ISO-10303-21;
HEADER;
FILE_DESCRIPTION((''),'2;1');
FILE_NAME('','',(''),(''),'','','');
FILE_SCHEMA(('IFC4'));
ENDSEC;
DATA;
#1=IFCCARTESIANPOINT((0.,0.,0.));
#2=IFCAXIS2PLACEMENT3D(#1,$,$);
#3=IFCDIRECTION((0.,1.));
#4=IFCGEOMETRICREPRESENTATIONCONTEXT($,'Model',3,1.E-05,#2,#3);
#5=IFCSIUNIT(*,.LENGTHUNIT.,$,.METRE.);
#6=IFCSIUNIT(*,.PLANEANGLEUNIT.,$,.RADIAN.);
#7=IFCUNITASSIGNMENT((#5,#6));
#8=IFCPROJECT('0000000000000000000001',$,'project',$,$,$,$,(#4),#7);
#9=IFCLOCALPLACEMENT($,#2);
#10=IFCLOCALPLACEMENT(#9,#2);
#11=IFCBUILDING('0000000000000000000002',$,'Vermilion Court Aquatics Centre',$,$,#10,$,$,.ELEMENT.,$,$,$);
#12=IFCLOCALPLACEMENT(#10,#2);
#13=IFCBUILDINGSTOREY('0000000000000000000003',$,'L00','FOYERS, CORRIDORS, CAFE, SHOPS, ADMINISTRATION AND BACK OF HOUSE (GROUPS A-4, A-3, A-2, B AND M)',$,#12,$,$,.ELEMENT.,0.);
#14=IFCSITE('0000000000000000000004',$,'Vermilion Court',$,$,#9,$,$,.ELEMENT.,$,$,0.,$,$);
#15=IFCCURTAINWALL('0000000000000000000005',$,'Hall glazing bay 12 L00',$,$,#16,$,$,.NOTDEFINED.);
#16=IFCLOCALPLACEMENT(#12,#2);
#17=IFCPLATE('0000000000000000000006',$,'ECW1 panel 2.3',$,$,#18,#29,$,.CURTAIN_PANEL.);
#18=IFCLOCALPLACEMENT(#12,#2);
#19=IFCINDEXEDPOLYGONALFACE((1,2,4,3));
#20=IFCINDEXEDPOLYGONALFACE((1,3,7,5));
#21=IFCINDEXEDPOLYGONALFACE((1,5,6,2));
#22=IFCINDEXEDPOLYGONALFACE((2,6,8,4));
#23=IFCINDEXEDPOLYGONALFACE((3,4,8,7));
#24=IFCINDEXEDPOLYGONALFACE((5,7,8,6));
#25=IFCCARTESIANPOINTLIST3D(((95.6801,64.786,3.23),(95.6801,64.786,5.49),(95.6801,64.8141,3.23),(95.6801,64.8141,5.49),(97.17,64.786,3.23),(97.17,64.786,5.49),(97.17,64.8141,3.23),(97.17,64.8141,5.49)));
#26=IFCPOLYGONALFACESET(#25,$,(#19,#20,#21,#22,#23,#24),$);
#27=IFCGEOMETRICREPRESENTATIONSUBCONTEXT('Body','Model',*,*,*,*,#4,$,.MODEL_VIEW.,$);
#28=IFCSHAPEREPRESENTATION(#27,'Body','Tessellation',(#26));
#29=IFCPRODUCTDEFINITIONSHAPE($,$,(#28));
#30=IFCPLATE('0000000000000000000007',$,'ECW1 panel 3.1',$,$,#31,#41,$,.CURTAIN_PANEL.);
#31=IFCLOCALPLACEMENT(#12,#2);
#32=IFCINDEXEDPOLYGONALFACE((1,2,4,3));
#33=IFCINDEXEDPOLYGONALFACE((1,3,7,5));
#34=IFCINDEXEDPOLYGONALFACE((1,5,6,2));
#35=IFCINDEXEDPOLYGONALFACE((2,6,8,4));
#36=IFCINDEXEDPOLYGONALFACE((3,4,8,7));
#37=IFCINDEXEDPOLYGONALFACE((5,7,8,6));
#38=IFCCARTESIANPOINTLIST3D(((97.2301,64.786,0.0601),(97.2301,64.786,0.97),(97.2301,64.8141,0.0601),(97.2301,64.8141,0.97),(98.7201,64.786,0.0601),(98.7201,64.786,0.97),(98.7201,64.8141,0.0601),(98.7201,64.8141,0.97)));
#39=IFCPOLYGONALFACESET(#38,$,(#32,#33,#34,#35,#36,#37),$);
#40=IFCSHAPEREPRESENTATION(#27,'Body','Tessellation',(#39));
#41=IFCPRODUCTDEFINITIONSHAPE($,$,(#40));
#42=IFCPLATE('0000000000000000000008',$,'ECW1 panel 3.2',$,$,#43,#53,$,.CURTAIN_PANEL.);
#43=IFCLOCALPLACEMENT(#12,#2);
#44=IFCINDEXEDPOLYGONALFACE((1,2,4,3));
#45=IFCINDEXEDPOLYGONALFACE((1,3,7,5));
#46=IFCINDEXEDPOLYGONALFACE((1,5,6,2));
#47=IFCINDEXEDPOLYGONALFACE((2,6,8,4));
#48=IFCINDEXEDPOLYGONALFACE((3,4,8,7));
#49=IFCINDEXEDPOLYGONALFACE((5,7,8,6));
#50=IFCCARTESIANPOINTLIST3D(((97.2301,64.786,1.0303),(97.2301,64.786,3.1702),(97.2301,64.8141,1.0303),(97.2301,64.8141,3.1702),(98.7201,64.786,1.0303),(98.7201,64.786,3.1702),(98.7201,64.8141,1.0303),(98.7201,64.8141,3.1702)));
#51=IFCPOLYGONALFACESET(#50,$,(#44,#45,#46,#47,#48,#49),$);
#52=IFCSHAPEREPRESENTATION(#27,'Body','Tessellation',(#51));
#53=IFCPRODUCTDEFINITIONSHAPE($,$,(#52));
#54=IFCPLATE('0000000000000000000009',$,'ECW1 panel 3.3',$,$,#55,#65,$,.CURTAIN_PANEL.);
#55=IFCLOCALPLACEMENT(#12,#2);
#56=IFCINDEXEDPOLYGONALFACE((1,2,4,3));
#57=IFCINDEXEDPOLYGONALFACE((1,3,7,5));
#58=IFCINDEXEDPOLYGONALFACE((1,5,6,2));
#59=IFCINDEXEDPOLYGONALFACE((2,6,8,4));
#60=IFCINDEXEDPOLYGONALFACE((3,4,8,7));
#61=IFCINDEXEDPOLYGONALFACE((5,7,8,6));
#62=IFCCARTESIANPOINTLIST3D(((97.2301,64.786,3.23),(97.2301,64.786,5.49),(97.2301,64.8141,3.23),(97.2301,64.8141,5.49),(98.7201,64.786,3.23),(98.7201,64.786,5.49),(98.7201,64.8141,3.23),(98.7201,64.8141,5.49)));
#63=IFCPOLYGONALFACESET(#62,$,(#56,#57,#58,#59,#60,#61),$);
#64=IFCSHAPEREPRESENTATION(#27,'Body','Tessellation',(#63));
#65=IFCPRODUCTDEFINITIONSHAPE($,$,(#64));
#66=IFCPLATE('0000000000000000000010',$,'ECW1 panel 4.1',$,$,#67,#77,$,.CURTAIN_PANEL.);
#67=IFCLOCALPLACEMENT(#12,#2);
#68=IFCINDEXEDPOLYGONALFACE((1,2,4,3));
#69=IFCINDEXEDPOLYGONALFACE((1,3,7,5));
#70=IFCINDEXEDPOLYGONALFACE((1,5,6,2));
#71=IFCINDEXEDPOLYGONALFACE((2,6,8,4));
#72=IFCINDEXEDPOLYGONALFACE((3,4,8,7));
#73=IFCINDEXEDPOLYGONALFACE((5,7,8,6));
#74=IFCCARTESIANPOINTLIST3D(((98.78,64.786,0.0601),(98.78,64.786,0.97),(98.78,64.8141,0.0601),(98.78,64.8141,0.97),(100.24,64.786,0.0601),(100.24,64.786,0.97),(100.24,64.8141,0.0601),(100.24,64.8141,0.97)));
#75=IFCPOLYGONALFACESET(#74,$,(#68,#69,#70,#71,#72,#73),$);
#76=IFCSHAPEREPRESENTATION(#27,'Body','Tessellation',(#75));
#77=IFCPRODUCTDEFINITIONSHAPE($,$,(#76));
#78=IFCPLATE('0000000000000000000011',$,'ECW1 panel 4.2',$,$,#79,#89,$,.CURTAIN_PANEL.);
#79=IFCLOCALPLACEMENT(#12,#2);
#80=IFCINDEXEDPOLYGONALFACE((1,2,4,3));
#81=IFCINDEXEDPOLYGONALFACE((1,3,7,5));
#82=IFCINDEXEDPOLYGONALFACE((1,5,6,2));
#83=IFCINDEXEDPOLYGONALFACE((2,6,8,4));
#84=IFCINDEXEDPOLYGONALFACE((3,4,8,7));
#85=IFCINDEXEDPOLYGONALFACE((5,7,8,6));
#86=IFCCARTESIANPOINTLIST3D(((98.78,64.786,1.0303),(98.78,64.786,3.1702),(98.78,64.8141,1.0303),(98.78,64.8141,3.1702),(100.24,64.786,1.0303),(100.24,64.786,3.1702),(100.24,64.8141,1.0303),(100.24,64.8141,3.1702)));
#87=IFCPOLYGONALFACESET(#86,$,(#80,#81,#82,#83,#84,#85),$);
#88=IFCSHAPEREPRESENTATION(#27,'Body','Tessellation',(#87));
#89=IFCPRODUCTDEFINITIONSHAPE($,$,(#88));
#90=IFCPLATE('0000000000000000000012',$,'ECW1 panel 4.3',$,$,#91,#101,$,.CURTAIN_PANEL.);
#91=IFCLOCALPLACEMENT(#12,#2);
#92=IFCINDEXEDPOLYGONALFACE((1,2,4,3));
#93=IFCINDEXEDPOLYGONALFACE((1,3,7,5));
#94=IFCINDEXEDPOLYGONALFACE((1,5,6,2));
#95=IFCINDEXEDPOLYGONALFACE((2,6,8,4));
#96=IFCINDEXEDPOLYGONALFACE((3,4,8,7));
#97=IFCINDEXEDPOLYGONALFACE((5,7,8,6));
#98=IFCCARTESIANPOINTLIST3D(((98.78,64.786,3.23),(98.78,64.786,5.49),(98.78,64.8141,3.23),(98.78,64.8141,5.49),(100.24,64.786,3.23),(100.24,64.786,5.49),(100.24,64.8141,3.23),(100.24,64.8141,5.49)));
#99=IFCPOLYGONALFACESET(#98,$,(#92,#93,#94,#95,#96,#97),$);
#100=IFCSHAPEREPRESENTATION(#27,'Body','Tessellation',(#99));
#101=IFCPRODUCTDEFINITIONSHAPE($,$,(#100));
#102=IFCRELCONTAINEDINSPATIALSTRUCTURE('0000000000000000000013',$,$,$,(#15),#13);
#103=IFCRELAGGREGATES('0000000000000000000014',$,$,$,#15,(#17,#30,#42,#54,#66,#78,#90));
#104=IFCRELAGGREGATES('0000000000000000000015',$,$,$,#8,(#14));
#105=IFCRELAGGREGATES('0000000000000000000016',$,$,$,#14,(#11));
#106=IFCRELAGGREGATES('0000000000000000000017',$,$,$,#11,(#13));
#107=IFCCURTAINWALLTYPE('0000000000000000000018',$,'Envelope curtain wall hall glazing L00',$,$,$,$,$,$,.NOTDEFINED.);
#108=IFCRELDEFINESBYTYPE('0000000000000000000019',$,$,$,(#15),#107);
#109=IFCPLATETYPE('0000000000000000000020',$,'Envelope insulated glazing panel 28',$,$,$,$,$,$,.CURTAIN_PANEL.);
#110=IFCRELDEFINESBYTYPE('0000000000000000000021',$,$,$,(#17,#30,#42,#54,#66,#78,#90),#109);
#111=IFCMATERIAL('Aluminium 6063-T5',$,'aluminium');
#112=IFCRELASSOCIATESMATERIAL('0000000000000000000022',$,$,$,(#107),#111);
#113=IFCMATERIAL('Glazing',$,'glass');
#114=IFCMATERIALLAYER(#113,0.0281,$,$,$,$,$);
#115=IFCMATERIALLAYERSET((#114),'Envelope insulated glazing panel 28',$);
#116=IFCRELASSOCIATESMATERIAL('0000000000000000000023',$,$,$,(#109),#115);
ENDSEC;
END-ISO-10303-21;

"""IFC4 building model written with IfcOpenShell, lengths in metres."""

from ifc_helpers import new_model, si_unit, direction, frame, origin, origin_2d, place, context, subcontext, project, spatial, rectangle, extrude, material, layer, layer_set, type_object, element, aggregate, save


model = new_model("IFC4")

# Units and contexts
model_context = context("Model", 3, precision=1e-05, world=origin(), true_north=direction((0.0, 1.0)))
body_context = subcontext(model_context, "Body", "Model", "MODEL_VIEW")
ifc_project = project(units=[si_unit("LENGTHUNIT", "METRE"), si_unit("PLANEANGLEUNIT", "RADIAN")], contexts=[model_context])

# Site, building, storey
site_placement = place(None, origin())
site = spatial("IfcSite", under=ifc_project, at=site_placement, Name="Vermilion Court", CompositionType="ELEMENT", RefElevation=0.0)
building_placement = place(site_placement, origin())
building = spatial("IfcBuilding", under=site, at=building_placement, Name="Vermilion Court Aquatics Centre", CompositionType="ELEMENT")
storey_placement = place(building_placement, origin())
storey = spatial("IfcBuildingStorey", under=building, at=storey_placement, Name="L00", Description="FOYERS, CORRIDORS, CAFE, SHOPS, ADMINISTRATION AND BACK OF HOUSE (GROUPS A-4, A-3, A-2, B AND M)", CompositionType="ELEMENT", Elevation=0.0)

# Curtain wall, plates
ifc_material_1 = material(Name="Aluminium 6063-T5", Category="aluminium")
curtain_wall_type = type_object("IfcCurtainWallType", Name="Envelope curtain wall hall glazing L00", PredefinedType="NOTDEFINED", material=ifc_material_1)
curtain_wall_placement = place(storey_placement, origin())
curtain_wall = element("IfcCurtainWall", 1, at=curtain_wall_placement, inside=storey, type_object=curtain_wall_type, Name="Hall glazing bay 12 L00", PredefinedType="NOTDEFINED")
ifc_material_2 = material(Name="Glazing", Category="glass")
ifc_layer = layer(ifc_material_2, 0.0281)
ifc_layer_set = layer_set([ifc_layer], Name="Envelope insulated glazing panel 28")
plate_type = type_object("IfcPlateType", Name="Envelope insulated glazing panel 28", PredefinedType="CURTAIN_PANEL", material=ifc_layer_set)
plate_1_placement = place(storey_placement, frame((96.425, 64.8, 3.23), z_axis=(0.0, 0.0, 1.0), x_axis=(1.0, 0.0, 0.0)))
plate_1 = element("IfcPlate", 2, at=plate_1_placement, type_object=plate_type, Name="ECW1 panel 2.3", PredefinedType="CURTAIN_PANEL", context=body_context, shape_type="SweptSolid", body=[
    extrude(rectangle(XDim=1.49, YDim=0.0281, at=origin_2d()), origin(), (0.0, 0.0, 1.0), 2.26),
])
plate_2_placement = place(storey_placement, frame((97.9751, 64.8, 0.0601), z_axis=(0.0, 0.0, 1.0), x_axis=(1.0, 0.0, 0.0)))
plate_2 = element("IfcPlate", 3, at=plate_2_placement, type_object=plate_type, Name="ECW1 panel 3.1", PredefinedType="CURTAIN_PANEL", context=body_context, shape_type="SweptSolid", body=[
    extrude(rectangle(XDim=1.49, YDim=0.0281, at=origin_2d()), origin(), (0.0, 0.0, 1.0), 0.9099),
])
plate_3_placement = place(storey_placement, frame((97.9751, 64.8, 1.0303), z_axis=(0.0, 0.0, 1.0), x_axis=(1.0, 0.0, 0.0)))
plate_3 = element("IfcPlate", 4, at=plate_3_placement, type_object=plate_type, Name="ECW1 panel 3.2", PredefinedType="CURTAIN_PANEL", context=body_context, shape_type="SweptSolid", body=[
    extrude(rectangle(XDim=1.49, YDim=0.0281, at=origin_2d()), origin(), (0.0, 0.0, 1.0), 2.1399),
])
plate_4_placement = place(storey_placement, frame((97.9751, 64.8, 3.23), z_axis=(0.0, 0.0, 1.0), x_axis=(1.0, 0.0, 0.0)))
plate_4 = element("IfcPlate", 5, at=plate_4_placement, type_object=plate_type, Name="ECW1 panel 3.3", PredefinedType="CURTAIN_PANEL", context=body_context, shape_type="SweptSolid", body=[
    extrude(rectangle(XDim=1.49, YDim=0.0281, at=origin_2d()), origin(), (0.0, 0.0, 1.0), 2.26),
])
plate_5_placement = place(storey_placement, frame((99.51, 64.8, 0.0601), z_axis=(0.0, 0.0, 1.0), x_axis=(1.0, 0.0, 0.0)))
plate_5 = element("IfcPlate", 6, at=plate_5_placement, type_object=plate_type, Name="ECW1 panel 4.1", PredefinedType="CURTAIN_PANEL", context=body_context, shape_type="SweptSolid", body=[
    extrude(rectangle(XDim=1.46, YDim=0.0281, at=origin_2d()), origin(), (0.0, 0.0, 1.0), 0.9099),
])
plate_6_placement = place(storey_placement, frame((99.51, 64.8, 1.0303), z_axis=(0.0, 0.0, 1.0), x_axis=(1.0, 0.0, 0.0)))
plate_6 = element("IfcPlate", 7, at=plate_6_placement, type_object=plate_type, Name="ECW1 panel 4.2", PredefinedType="CURTAIN_PANEL", context=body_context, shape_type="SweptSolid", body=[
    extrude(rectangle(XDim=1.46, YDim=0.0281, at=origin_2d()), origin(), (0.0, 0.0, 1.0), 2.1399),
])
plate_7_placement = place(storey_placement, frame((99.51, 64.8, 3.23), z_axis=(0.0, 0.0, 1.0), x_axis=(1.0, 0.0, 0.0)))
plate_7 = element("IfcPlate", 8, at=plate_7_placement, type_object=plate_type, Name="ECW1 panel 4.3", PredefinedType="CURTAIN_PANEL", context=body_context, shape_type="SweptSolid", body=[
    extrude(rectangle(XDim=1.46, YDim=0.0281, at=origin_2d()), origin(), (0.0, 0.0, 1.0), 2.26),
])
aggregate(curtain_wall, [plate_1, plate_2, plate_3, plate_4, plate_5, plate_6, plate_7])

save(model, "model.ifc")
